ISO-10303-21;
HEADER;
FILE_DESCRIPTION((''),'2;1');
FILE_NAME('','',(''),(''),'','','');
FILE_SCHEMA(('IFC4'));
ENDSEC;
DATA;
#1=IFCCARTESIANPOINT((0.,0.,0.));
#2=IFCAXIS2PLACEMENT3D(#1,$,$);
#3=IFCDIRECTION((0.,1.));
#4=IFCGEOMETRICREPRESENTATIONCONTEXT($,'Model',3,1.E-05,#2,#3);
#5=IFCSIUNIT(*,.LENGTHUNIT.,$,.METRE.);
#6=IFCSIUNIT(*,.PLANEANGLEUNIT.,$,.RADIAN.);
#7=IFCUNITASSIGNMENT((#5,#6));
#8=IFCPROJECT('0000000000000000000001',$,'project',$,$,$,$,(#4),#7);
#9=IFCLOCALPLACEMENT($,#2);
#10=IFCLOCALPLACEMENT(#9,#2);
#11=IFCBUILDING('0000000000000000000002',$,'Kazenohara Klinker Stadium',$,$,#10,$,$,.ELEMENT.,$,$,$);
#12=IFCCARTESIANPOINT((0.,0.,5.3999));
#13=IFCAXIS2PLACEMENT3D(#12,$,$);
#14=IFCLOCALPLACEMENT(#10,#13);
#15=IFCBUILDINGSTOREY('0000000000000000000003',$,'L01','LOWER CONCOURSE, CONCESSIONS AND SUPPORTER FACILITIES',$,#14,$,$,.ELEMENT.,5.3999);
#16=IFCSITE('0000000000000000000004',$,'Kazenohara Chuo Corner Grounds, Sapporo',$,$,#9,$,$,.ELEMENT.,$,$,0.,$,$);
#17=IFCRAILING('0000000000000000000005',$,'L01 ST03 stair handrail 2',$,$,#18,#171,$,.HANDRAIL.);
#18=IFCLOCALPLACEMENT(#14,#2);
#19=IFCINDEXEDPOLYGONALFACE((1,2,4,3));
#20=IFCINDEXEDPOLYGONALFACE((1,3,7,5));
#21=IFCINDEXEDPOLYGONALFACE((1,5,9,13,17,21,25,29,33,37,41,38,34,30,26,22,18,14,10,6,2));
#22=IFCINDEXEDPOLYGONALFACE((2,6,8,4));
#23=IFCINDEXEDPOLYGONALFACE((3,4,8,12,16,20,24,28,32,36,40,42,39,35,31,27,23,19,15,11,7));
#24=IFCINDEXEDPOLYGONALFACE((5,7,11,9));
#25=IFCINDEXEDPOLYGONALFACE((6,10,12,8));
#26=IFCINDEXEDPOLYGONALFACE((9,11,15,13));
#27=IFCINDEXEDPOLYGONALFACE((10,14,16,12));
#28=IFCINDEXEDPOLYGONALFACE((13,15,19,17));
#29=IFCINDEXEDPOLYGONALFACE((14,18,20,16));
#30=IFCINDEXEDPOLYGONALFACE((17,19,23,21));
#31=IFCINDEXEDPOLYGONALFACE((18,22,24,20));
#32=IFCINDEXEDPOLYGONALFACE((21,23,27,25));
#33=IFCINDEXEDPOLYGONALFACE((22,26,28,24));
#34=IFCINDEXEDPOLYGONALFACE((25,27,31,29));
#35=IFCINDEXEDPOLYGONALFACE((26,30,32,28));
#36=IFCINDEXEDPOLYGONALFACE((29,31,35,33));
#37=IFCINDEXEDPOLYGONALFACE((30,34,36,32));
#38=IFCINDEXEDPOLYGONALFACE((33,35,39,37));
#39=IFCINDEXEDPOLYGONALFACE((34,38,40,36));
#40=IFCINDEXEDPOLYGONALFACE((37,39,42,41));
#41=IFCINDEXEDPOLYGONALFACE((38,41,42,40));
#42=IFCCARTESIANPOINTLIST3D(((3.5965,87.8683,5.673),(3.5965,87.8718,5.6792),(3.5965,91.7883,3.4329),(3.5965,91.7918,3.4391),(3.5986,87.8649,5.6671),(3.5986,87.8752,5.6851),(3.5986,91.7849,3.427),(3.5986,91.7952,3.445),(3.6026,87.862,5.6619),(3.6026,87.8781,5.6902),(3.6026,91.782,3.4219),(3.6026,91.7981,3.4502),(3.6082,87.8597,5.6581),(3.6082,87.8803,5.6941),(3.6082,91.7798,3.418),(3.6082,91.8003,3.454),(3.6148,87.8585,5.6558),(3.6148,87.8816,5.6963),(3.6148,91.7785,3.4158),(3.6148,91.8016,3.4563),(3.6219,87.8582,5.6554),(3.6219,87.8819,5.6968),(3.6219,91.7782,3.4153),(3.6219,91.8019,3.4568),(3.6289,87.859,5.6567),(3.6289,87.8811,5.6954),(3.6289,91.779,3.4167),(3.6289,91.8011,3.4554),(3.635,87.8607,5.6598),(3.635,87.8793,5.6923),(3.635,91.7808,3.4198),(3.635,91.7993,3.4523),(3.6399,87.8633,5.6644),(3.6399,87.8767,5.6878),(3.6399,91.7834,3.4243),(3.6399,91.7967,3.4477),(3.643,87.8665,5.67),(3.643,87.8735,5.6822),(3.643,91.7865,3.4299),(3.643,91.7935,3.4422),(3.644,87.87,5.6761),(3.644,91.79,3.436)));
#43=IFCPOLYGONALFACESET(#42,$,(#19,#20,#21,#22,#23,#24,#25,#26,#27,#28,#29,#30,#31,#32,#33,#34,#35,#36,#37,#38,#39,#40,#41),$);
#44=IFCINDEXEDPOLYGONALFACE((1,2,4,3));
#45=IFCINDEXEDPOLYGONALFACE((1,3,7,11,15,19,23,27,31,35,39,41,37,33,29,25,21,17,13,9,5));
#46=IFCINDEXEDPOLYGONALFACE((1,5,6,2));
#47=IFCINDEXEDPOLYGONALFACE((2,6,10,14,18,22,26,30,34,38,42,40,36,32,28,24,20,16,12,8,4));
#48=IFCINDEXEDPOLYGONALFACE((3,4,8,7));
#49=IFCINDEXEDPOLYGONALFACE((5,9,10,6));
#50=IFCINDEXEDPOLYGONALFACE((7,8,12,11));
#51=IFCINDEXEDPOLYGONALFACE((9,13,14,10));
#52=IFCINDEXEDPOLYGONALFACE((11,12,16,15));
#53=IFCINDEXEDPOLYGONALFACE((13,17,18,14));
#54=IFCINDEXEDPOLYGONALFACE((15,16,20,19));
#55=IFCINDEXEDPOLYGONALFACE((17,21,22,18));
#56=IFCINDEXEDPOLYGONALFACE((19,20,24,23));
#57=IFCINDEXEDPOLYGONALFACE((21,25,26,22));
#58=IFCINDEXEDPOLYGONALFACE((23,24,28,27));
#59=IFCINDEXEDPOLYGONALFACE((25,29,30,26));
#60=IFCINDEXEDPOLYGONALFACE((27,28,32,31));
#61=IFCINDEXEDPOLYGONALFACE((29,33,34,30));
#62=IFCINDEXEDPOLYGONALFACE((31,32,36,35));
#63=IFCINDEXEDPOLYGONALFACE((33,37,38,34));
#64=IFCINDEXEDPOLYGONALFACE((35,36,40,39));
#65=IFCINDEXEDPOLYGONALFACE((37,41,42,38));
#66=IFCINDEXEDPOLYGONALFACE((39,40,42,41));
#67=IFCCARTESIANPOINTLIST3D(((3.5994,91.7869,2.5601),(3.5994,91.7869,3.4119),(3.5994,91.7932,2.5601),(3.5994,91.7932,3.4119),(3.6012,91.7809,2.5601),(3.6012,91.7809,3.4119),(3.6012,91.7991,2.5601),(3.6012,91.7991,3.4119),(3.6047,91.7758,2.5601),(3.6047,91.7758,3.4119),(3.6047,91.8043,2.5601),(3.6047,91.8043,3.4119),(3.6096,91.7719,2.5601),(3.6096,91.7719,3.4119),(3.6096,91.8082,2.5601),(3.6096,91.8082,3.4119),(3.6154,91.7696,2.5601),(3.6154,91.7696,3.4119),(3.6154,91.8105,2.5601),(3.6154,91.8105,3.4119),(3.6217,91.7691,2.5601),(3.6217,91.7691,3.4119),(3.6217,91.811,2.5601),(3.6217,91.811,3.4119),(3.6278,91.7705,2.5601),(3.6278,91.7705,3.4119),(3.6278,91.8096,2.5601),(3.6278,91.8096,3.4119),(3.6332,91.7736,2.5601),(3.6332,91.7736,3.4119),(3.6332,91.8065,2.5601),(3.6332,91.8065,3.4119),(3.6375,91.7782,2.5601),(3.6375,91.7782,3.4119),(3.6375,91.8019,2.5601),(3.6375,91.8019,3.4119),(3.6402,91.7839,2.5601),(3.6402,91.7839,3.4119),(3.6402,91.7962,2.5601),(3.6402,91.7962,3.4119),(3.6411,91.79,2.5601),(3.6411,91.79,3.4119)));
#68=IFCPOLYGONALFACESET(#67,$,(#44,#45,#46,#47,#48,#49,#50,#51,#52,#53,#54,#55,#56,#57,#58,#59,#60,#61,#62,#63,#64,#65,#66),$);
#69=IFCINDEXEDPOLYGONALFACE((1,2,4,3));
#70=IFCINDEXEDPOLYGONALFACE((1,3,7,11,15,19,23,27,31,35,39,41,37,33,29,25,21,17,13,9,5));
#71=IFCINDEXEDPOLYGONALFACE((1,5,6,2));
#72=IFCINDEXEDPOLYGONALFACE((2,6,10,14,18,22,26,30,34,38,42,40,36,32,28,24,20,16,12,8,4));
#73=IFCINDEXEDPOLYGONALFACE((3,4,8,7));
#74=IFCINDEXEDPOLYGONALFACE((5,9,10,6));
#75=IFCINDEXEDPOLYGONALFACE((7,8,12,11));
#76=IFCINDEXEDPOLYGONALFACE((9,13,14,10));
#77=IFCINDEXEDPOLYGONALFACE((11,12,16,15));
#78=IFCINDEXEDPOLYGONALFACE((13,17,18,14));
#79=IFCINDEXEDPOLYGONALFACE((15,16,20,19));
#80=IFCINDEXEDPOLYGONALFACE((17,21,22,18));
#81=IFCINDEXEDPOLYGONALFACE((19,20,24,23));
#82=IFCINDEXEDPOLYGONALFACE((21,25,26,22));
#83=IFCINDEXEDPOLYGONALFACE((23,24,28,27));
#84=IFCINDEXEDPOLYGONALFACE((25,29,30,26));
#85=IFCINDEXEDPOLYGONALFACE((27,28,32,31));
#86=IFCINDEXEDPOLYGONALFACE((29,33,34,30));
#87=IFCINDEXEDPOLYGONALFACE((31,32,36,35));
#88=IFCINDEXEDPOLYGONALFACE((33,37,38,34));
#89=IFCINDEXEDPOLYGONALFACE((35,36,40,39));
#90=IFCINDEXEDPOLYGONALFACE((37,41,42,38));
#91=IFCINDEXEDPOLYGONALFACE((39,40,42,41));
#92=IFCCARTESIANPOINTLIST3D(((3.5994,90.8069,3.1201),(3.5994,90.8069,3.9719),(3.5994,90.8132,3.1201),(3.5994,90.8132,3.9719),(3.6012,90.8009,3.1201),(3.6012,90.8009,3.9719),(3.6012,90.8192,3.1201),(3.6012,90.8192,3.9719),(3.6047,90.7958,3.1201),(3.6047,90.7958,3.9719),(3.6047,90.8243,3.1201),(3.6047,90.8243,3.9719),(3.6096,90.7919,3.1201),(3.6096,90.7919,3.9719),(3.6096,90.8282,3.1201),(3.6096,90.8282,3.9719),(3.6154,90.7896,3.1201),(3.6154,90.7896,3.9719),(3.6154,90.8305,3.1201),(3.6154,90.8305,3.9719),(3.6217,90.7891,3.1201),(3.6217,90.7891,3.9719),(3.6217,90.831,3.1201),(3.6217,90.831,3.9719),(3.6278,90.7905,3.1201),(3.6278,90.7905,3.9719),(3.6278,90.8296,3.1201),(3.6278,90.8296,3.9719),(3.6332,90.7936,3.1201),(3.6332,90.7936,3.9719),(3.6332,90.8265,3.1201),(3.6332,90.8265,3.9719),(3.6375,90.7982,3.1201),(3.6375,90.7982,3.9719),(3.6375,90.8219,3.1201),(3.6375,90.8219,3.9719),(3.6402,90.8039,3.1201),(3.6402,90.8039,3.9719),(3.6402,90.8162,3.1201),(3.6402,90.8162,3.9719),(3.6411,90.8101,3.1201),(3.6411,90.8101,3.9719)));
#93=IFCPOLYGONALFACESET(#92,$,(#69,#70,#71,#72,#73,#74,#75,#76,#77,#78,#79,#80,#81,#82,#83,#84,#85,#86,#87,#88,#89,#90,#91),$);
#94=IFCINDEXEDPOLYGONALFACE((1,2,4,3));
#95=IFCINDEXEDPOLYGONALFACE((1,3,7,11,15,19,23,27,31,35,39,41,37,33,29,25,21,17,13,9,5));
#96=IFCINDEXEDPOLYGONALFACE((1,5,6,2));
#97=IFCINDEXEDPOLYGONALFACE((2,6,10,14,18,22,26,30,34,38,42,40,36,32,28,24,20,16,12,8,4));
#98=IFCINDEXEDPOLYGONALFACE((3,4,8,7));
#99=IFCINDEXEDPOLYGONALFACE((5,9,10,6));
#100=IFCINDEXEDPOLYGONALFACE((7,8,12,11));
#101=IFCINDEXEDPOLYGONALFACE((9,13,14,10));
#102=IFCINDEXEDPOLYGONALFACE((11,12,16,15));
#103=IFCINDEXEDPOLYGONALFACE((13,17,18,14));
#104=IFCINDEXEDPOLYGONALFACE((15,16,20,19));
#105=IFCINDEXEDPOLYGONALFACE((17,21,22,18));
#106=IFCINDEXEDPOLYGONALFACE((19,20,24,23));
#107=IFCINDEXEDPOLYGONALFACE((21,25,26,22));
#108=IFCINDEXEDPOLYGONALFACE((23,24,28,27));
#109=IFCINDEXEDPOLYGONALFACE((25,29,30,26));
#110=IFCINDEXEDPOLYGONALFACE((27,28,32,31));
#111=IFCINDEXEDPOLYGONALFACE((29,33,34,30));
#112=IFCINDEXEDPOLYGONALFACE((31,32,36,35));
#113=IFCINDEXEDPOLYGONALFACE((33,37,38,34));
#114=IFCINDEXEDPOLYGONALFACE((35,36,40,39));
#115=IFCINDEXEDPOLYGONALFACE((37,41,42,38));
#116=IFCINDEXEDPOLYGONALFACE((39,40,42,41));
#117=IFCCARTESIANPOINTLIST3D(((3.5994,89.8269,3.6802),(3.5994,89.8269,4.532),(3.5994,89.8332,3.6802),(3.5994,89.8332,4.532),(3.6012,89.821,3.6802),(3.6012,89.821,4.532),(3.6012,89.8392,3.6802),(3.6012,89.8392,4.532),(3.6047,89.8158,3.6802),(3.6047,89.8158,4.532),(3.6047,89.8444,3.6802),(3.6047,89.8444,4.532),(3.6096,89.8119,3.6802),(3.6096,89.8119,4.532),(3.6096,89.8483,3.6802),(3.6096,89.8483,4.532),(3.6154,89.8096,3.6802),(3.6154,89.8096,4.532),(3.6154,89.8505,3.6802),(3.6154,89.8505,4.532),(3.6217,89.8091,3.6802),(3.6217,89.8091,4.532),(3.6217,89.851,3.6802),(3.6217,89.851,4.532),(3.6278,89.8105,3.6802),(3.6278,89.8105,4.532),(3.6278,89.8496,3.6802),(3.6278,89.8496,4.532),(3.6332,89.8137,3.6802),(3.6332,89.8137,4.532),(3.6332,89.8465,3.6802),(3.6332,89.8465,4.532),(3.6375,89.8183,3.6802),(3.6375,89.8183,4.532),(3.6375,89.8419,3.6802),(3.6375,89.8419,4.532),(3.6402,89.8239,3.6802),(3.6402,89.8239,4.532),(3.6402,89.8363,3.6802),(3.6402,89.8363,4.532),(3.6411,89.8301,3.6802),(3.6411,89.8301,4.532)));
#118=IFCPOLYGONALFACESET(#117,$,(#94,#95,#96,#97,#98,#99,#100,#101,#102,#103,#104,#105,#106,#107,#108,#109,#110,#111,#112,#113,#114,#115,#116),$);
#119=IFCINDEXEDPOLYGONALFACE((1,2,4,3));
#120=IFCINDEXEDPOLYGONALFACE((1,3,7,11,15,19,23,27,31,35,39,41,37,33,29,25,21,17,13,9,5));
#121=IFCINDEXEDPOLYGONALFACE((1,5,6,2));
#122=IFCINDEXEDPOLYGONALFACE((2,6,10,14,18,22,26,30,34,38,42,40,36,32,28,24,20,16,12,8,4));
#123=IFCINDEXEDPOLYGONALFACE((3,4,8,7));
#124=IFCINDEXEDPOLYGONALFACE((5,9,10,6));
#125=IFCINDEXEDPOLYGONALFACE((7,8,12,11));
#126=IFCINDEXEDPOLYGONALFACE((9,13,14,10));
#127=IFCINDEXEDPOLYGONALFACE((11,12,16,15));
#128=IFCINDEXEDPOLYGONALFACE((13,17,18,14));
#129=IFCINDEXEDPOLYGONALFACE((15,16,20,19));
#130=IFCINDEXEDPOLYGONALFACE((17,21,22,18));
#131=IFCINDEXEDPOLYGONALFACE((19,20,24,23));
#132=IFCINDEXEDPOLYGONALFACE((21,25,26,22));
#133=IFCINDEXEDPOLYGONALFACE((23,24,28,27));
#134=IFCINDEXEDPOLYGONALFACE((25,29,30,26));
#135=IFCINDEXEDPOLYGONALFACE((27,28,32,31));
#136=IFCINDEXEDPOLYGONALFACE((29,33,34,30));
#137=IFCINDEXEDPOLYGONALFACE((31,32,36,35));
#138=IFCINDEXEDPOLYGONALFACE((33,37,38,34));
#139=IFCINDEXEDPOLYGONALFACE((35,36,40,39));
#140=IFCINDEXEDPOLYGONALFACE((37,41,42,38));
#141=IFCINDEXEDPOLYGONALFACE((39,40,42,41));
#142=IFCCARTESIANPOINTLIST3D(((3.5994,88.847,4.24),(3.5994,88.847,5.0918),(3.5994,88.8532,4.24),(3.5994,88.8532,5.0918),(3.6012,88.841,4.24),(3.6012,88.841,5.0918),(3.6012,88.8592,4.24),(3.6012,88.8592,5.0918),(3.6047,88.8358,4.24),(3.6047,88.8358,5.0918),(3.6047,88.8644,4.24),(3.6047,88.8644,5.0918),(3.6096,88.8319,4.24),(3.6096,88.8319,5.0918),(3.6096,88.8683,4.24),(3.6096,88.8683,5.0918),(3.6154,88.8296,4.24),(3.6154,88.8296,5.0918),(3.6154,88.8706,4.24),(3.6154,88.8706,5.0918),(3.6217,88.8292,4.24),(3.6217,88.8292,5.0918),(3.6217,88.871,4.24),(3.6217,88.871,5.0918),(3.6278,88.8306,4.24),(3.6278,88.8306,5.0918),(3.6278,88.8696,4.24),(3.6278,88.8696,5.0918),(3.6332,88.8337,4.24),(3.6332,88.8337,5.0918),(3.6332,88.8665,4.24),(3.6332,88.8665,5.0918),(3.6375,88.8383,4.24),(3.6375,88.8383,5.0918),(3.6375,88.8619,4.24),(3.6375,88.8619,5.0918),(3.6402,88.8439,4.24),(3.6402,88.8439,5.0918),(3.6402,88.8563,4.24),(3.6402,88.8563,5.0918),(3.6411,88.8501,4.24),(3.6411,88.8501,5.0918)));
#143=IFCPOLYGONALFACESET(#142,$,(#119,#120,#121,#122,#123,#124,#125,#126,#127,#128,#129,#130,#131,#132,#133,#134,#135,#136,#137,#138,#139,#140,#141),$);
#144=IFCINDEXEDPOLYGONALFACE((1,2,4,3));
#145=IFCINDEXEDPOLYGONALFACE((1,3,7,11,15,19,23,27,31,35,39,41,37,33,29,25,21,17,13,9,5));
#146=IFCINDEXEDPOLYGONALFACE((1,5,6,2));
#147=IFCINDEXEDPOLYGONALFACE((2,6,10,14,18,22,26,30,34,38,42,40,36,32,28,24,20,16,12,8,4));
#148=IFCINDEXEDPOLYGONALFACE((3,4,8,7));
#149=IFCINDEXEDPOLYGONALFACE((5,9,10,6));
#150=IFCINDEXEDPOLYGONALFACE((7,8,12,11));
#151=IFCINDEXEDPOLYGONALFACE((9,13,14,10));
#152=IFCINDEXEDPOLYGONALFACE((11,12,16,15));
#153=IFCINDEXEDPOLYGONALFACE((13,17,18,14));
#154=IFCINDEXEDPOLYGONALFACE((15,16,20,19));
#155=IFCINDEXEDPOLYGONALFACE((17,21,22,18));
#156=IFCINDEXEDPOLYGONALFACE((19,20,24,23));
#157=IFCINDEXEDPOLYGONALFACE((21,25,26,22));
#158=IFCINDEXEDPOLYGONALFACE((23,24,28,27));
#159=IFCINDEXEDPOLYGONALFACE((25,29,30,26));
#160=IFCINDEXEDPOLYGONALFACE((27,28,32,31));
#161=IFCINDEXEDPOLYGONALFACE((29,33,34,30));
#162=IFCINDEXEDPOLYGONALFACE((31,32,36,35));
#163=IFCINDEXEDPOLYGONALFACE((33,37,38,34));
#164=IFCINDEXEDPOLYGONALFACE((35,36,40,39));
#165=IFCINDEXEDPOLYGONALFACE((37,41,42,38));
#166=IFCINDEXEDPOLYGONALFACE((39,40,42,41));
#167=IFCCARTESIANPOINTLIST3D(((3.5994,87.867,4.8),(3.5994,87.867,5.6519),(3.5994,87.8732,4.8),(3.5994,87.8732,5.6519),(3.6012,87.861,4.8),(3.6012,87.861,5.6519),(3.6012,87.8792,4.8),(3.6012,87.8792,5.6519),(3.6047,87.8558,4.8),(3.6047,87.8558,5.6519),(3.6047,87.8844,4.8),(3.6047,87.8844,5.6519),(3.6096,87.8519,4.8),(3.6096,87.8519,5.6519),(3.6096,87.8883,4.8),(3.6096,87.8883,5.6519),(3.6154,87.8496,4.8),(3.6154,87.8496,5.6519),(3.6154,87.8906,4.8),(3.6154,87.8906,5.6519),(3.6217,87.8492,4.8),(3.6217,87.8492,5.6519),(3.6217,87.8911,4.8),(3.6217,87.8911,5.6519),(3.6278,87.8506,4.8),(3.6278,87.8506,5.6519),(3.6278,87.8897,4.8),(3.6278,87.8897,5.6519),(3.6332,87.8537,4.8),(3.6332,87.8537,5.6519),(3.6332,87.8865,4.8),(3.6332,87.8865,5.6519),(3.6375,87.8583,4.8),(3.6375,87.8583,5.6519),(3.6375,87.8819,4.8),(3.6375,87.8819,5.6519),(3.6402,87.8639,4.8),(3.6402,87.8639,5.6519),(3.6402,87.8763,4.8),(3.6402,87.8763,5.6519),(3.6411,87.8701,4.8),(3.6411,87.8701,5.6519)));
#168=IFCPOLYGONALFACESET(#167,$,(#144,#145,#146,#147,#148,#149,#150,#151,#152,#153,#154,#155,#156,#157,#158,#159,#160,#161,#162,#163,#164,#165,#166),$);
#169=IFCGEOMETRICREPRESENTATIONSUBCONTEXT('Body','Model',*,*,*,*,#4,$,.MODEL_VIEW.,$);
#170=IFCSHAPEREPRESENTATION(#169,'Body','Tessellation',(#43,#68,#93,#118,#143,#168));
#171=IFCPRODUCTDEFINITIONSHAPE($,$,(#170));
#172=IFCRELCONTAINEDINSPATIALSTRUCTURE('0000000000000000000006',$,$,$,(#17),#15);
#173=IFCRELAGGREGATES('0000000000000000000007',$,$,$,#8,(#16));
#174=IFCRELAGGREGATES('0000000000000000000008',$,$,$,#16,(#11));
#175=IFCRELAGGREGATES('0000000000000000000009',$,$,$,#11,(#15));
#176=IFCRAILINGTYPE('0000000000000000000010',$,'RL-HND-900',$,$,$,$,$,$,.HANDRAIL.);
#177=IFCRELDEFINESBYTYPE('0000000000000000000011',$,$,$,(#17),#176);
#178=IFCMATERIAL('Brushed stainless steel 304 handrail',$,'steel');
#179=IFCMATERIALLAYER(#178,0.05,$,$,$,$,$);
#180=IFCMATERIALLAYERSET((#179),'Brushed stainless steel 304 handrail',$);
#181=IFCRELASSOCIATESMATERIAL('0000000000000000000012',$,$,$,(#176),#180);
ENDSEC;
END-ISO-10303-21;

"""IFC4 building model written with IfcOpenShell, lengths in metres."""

from ifc_helpers import new_model, si_unit, direction, frame, origin, origin_2d, place, context, subcontext, project, spatial, circle, extrude, material, layer, layer_set, type_object, element, save


model = new_model("IFC4")

# Units and contexts
model_context = context("Model", 3, precision=1e-05, world=origin(), true_north=direction((0.0, 1.0)))
body_context = subcontext(model_context, "Body", "Model", "MODEL_VIEW")
ifc_project = project(units=[si_unit("LENGTHUNIT", "METRE"), si_unit("PLANEANGLEUNIT", "RADIAN")], contexts=[model_context])

# Site, building, storey
site_placement = place(None, origin())
site = spatial("IfcSite", under=ifc_project, at=site_placement, Name="Kazenohara Chuo Corner Grounds, Sapporo", CompositionType="ELEMENT", RefElevation=0.0)
building_placement = place(site_placement, origin())
building = spatial("IfcBuilding", under=site, at=building_placement, Name="Kazenohara Klinker Stadium", CompositionType="ELEMENT")
storey_placement = place(building_placement, frame((0.0, 0.0, 5.3999)))
storey = spatial("IfcBuildingStorey", under=building, at=storey_placement, Name="L01", Description="LOWER CONCOURSE, CONCESSIONS AND SUPPORTER FACILITIES", CompositionType="ELEMENT", Elevation=5.3999)

# Railing
ifc_material_1 = material(Name="Brushed stainless steel 304 handrail", Category="steel")
ifc_layer_1 = layer(ifc_material_1, 0.05)
ifc_layer_set_1 = layer_set([ifc_layer_1], Name="Brushed stainless steel 304 handrail")
railing_type_1 = type_object("IfcRailingType", Name="RL-HND-900", PredefinedType="HANDRAIL", material=ifc_layer_set_1)
railing_1_placement = place(storey_placement, frame((3.6201, 91.79, 2.5601)))
element("IfcRailing", 1, at=railing_1_placement, inside=storey, type_object=railing_type_1, Name="L01 ST03 stair handrail 2", PredefinedType="HANDRAIL", context=body_context, shape_type="SweptSolid", body=[
    extrude(circle(Radius=0.0239, at=origin_2d()), frame((0.0, 0.0, 0.876), z_axis=(0.0, -0.86824, 0.496145), x_axis=(1.0, 0.0, 0.0)), (0.0, 0.0, 1.0), 4.5149),
    extrude(circle(Radius=0.021, at=origin_2d()), origin(), (0.0, 0.0, 1.0), 0.8518),
    extrude(circle(Radius=0.021, at=origin_2d()), frame((0.0, -0.98, 0.5601)), (0.0, 0.0, 1.0), 0.8518),
    extrude(circle(Radius=0.021, at=origin_2d()), frame((0.0, -1.96, 1.1201)), (0.0, 0.0, 1.0), 0.8518),
    extrude(circle(Radius=0.021, at=origin_2d()), frame((0.0, -2.9399, 1.6799)), (0.0, 0.0, 1.0), 0.8518),
    extrude(circle(Radius=0.021, at=origin_2d()), frame((0.0, -3.9199, 2.24)), (0.0, 0.0, 1.0), 0.8518),
])

save(model, "model.ifc")
